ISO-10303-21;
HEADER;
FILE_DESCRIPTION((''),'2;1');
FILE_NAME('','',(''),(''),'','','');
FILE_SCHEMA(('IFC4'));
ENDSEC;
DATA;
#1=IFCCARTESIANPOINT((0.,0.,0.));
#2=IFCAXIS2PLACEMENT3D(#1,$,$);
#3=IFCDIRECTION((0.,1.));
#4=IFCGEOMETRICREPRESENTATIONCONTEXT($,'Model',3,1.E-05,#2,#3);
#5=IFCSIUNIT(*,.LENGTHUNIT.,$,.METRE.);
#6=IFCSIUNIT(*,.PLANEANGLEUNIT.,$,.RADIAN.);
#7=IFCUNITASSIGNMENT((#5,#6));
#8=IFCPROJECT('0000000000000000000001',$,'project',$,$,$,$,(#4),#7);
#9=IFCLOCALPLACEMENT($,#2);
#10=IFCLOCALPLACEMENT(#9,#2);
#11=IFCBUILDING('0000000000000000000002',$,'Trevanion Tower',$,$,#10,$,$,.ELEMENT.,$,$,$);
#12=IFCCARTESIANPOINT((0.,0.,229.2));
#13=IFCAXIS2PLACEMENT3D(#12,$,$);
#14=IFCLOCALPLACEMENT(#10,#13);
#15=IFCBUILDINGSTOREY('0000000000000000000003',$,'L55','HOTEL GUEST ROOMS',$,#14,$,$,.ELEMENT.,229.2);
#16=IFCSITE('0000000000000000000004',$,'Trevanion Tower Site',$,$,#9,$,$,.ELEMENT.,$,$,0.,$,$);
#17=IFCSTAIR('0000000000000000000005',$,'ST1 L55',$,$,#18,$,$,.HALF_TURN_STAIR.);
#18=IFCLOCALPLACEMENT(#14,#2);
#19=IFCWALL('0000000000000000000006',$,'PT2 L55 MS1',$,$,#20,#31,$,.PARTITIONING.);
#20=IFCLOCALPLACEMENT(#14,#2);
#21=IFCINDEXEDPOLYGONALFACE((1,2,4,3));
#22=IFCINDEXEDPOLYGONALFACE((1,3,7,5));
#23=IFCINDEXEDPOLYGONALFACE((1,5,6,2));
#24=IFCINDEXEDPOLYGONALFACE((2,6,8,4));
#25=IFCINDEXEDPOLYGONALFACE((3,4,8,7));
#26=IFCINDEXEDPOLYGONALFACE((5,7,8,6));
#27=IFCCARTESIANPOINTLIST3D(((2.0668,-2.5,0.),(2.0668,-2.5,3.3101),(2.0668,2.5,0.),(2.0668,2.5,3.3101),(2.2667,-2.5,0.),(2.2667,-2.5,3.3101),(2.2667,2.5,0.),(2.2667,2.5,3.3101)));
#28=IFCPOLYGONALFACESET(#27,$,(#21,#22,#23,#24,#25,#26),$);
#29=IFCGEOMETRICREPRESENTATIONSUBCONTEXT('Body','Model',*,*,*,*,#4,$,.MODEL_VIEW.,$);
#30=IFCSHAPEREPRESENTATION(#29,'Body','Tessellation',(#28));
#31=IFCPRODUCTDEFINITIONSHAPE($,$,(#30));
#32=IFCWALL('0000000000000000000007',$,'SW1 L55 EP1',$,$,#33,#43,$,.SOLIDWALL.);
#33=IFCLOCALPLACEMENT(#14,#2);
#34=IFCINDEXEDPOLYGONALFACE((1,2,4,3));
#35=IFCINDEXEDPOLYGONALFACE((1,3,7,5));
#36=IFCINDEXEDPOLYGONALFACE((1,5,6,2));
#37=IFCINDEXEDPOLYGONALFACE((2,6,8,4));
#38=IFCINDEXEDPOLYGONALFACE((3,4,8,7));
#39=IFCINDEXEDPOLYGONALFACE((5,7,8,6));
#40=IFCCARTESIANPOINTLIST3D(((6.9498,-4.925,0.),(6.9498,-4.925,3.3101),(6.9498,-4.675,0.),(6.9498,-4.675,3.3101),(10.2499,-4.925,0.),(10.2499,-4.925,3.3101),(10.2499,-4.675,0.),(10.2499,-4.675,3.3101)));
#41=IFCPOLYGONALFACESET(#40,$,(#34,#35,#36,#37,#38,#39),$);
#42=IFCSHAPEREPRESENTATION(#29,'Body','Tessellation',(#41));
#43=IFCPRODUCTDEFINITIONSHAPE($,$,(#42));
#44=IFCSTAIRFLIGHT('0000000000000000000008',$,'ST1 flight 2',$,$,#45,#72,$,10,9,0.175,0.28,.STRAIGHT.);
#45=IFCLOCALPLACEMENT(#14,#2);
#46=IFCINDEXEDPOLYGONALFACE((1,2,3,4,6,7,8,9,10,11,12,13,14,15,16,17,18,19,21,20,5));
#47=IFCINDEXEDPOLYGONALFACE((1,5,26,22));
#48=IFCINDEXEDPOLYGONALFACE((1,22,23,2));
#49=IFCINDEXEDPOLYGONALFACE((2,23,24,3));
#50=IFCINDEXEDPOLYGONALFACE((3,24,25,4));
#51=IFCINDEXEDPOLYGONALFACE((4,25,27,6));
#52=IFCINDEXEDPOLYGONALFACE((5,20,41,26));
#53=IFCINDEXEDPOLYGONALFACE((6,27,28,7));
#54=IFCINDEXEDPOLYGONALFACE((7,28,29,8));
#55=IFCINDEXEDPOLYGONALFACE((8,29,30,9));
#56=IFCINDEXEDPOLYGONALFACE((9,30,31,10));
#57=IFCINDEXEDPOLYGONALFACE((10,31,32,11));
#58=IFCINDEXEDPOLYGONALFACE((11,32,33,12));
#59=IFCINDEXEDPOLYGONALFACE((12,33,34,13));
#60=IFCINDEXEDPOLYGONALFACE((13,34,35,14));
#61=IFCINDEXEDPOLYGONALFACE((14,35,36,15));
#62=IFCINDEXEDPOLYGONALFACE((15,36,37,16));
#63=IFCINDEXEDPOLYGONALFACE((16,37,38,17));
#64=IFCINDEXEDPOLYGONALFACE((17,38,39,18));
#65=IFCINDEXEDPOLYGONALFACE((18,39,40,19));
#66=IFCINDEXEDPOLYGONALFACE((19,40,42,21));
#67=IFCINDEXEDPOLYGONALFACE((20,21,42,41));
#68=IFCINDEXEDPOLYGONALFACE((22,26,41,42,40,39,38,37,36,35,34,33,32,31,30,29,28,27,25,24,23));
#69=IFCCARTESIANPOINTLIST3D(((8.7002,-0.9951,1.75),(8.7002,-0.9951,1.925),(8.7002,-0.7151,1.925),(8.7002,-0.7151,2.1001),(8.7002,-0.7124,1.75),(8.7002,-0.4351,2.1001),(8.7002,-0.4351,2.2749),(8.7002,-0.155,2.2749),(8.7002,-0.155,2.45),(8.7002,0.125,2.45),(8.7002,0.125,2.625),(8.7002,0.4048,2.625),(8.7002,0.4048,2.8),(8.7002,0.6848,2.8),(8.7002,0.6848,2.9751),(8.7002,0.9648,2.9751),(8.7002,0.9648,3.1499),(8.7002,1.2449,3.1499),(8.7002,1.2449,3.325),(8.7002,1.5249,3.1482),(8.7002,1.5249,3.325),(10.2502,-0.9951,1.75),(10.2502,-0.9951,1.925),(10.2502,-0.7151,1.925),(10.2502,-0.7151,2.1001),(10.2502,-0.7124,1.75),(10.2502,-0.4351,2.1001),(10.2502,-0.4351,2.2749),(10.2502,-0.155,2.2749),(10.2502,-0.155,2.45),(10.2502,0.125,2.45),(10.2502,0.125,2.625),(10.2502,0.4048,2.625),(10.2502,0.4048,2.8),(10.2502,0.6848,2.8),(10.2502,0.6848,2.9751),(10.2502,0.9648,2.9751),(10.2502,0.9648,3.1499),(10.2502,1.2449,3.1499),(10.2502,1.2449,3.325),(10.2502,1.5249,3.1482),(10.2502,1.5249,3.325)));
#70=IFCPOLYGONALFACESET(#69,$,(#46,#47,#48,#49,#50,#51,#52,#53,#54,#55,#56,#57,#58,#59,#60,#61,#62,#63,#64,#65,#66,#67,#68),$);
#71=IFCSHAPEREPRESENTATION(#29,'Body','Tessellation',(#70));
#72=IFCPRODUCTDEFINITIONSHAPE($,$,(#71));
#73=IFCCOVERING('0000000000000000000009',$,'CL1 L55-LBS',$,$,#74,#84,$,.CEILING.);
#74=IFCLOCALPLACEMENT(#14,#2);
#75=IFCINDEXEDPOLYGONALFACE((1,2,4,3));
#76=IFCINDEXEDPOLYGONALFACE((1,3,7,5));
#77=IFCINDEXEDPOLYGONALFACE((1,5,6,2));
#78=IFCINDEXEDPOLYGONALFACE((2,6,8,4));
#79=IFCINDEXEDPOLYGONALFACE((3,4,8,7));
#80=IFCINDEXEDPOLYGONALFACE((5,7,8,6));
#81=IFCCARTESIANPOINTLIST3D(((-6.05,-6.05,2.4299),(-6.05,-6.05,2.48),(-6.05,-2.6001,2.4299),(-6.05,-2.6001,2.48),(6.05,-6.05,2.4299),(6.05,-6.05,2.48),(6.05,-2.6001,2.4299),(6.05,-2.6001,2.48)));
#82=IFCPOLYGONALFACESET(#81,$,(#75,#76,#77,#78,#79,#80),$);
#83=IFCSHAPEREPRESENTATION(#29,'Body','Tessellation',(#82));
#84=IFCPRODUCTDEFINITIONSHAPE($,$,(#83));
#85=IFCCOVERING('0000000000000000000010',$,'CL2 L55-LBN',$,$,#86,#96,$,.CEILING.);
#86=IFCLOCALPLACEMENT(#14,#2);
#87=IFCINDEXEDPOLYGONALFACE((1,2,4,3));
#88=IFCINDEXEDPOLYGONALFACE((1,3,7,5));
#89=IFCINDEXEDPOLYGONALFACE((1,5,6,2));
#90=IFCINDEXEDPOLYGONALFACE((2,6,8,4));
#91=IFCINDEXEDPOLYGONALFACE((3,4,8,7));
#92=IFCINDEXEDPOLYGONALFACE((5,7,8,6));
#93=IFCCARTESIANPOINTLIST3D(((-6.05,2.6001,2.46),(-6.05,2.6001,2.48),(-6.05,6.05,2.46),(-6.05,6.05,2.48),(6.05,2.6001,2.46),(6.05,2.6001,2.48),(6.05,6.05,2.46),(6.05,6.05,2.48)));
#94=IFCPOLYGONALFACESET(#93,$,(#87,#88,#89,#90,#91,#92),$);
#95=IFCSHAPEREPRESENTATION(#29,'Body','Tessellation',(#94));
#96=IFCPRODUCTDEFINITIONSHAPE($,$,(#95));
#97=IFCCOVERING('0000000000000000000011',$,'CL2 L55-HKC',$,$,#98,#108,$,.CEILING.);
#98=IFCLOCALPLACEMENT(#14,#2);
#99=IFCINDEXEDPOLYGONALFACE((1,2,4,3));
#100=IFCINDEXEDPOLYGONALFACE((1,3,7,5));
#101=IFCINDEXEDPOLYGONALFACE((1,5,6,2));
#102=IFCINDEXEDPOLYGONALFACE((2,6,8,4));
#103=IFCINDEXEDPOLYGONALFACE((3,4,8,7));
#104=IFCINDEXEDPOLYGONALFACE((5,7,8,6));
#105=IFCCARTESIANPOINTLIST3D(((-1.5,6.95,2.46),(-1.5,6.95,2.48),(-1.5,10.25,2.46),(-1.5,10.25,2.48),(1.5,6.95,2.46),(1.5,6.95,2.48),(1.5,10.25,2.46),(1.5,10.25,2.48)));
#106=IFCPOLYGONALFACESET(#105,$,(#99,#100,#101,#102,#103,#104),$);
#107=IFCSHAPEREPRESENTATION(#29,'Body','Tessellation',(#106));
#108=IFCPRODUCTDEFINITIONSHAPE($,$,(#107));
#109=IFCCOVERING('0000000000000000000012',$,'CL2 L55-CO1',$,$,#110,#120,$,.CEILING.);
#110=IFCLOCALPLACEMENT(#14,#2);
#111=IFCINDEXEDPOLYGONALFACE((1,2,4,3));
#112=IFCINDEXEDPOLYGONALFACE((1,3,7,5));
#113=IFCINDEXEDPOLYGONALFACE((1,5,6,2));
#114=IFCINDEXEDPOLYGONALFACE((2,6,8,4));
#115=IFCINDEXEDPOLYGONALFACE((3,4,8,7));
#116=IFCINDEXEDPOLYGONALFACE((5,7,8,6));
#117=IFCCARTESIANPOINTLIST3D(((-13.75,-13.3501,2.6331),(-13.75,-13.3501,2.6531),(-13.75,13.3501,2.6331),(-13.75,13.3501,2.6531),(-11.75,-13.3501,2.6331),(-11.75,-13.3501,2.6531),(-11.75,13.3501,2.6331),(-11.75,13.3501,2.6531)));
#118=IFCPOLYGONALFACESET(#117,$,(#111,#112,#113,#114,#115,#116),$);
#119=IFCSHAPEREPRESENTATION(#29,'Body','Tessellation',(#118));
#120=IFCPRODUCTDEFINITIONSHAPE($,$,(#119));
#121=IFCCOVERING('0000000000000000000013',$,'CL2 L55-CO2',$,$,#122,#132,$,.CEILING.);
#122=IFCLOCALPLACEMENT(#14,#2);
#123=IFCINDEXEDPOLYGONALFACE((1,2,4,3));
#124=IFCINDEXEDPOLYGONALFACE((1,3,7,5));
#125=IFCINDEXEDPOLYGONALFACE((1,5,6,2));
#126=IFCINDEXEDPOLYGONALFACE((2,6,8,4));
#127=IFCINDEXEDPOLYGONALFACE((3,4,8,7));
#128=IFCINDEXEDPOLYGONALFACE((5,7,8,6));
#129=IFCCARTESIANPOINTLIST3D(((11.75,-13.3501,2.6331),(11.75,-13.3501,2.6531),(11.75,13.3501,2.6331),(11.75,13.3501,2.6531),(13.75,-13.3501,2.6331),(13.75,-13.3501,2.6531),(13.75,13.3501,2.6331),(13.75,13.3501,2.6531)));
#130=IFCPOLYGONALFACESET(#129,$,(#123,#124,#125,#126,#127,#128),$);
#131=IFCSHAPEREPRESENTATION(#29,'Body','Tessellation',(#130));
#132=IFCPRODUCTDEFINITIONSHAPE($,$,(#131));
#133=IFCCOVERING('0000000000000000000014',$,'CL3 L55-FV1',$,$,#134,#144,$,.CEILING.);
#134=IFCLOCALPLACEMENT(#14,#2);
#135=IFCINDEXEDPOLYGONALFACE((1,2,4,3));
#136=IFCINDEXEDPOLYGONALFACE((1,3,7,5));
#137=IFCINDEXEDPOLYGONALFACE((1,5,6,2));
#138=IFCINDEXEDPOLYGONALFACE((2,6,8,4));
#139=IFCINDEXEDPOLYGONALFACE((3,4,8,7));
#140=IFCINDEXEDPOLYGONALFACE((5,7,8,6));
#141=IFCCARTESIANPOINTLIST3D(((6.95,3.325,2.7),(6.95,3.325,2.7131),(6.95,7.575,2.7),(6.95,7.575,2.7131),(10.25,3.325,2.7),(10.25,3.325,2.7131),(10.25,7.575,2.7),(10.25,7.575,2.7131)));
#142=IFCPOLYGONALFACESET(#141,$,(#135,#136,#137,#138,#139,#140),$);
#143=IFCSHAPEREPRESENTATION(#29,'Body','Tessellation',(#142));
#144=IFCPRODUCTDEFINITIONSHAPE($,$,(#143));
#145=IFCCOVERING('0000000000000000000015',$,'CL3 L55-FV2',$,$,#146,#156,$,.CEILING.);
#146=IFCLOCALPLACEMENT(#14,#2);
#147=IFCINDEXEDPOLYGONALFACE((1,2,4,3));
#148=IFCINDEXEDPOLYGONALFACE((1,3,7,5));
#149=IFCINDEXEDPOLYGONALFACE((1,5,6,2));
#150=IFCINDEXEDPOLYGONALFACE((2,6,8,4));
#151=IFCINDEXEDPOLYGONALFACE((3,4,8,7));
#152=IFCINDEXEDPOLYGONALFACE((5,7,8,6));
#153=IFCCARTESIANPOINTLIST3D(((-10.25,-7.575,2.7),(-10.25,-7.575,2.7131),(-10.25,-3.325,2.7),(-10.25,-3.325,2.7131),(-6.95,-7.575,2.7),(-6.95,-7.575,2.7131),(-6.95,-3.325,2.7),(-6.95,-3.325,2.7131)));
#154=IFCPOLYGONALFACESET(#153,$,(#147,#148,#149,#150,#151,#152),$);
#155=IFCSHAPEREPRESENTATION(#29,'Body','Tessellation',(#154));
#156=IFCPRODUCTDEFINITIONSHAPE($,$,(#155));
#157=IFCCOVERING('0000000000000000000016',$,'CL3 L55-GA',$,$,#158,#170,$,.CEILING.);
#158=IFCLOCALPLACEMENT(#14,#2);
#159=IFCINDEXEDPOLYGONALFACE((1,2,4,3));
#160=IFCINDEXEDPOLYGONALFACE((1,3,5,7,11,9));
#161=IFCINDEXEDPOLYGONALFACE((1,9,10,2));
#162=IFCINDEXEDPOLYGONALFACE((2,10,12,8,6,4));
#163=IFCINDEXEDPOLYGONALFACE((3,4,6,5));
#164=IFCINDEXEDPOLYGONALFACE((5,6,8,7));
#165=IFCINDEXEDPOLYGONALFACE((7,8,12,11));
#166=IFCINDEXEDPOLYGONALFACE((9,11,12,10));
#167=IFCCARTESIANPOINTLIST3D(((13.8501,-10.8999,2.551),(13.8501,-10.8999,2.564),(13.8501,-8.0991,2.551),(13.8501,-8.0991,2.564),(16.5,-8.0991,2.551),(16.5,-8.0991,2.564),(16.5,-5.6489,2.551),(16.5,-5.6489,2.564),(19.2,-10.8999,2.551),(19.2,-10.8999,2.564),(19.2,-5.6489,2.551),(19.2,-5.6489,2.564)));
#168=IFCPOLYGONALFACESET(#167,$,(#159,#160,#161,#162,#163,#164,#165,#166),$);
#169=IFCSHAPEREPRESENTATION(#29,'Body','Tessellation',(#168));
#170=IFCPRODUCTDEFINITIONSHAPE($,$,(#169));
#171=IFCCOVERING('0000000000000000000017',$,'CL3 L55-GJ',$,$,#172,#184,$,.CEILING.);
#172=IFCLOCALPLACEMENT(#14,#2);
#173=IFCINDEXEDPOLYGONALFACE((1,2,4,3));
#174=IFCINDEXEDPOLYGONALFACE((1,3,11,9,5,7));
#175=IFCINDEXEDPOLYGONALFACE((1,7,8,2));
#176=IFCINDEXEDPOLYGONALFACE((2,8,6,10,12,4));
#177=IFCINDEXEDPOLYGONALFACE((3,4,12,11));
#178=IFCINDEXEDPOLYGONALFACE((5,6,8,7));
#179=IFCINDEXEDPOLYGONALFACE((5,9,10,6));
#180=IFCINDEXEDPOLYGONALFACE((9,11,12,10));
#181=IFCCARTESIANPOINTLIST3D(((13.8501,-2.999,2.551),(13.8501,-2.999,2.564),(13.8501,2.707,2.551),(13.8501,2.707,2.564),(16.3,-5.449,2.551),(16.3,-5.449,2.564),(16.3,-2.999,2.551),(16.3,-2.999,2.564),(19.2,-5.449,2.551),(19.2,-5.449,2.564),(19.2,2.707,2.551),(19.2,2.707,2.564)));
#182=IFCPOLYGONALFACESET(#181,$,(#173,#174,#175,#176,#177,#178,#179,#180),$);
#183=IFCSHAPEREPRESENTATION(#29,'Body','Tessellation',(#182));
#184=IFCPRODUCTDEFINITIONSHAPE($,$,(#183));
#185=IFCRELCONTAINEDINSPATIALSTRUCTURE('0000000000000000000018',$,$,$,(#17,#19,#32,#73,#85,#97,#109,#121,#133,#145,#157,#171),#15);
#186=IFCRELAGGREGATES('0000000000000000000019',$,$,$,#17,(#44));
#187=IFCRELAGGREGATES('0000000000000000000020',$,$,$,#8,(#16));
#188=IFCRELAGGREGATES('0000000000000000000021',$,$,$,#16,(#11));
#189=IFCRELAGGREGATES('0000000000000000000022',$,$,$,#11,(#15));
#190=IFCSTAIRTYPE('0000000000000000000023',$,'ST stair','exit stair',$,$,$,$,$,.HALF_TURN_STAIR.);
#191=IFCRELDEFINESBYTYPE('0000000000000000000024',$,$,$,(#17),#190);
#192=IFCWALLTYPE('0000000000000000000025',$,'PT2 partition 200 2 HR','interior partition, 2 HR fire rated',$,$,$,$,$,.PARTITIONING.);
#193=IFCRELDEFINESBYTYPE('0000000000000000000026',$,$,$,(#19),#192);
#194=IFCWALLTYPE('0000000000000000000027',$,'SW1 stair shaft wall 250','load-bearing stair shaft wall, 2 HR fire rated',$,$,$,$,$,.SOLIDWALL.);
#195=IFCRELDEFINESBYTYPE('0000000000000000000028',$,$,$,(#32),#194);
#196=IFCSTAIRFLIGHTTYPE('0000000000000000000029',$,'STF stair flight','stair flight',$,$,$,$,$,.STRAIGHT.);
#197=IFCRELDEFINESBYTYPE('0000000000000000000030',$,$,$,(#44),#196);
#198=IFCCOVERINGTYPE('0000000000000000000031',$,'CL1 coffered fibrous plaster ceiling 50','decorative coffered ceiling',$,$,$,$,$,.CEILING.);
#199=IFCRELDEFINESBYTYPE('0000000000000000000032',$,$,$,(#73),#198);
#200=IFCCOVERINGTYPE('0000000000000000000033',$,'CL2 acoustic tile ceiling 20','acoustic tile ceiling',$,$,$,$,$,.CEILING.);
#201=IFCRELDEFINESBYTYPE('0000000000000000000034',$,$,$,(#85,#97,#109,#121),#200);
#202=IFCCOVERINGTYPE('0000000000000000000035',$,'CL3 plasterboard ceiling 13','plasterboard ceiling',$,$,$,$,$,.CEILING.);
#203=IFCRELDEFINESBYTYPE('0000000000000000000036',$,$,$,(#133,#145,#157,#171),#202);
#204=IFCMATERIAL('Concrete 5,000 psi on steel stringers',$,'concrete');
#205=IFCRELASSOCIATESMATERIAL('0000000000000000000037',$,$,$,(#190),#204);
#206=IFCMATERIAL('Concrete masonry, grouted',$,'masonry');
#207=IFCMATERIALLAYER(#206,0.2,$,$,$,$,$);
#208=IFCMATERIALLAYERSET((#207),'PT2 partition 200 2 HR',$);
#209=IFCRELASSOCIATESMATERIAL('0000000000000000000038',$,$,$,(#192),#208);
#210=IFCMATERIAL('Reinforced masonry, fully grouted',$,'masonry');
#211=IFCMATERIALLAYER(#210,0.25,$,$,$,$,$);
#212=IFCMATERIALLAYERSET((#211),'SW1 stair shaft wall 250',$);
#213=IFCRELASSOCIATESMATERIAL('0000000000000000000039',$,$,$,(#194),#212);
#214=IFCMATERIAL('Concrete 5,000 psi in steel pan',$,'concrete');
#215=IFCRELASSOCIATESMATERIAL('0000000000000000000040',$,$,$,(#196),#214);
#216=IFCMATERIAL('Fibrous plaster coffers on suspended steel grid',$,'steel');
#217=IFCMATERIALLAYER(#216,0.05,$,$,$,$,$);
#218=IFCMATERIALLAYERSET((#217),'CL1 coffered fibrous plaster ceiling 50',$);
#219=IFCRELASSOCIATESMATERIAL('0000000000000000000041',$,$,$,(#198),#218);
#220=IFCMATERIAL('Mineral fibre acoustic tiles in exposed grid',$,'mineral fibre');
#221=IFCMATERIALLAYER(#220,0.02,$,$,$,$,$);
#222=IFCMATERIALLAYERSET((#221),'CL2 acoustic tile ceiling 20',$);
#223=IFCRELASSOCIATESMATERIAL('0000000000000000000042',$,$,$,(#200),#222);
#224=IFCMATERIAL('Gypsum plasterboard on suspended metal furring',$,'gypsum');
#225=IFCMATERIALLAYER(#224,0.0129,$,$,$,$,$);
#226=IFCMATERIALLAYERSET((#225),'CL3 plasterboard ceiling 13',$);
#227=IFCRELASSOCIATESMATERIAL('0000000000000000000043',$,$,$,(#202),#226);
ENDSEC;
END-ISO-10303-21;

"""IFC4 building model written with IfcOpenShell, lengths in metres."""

from ifc_helpers import new_model, si_unit, direction, frame, frame_2d, origin, place, context, subcontext, project, spatial, polyline, rectangle, outline, extrude, material, layer, layer_set, type_object, element, aggregate, save


model = new_model("IFC4")

# Units and contexts
model_context = context("Model", 3, precision=1e-05, world=origin(), true_north=direction((0.0, 1.0)))
body_context = subcontext(model_context, "Body", "Model", "MODEL_VIEW")
ifc_project = project(units=[si_unit("LENGTHUNIT", "METRE"), si_unit("PLANEANGLEUNIT", "RADIAN")], contexts=[model_context])

# Site, building, storey
site_placement = place(None, origin())
site = spatial("IfcSite", under=ifc_project, at=site_placement, Name="Trevanion Tower Site", CompositionType="ELEMENT", RefElevation=0.0)
building_placement = place(site_placement, origin())
building = spatial("IfcBuilding", under=site, at=building_placement, Name="Trevanion Tower", CompositionType="ELEMENT")
storey_placement = place(building_placement, frame((0.0, 0.0, 229.2)))
storey = spatial("IfcBuildingStorey", under=building, at=storey_placement, Name="L55", Description="HOTEL GUEST ROOMS", CompositionType="ELEMENT", Elevation=229.2)

# Stair
ifc_material_1 = material(Name="Concrete 5,000 psi on steel stringers", Category="concrete")
stair_type = type_object("IfcStairType", Name="ST stair", Description="exit stair", PredefinedType="HALF_TURN_STAIR", material=ifc_material_1)
stair_1_placement = place(storey_placement, origin())
stair_1 = element("IfcStair", 1, at=stair_1_placement, inside=storey, type_object=stair_type, Name="ST1 L55", PredefinedType="HALF_TURN_STAIR")

# Walls
ifc_material_2 = material(Name="Concrete masonry, grouted", Category="masonry")
ifc_layer_1 = layer(ifc_material_2, 0.2)
ifc_layer_set_1 = layer_set([ifc_layer_1], Name="PT2 partition 200 2 HR")
wall_type_1 = type_object("IfcWallType", Name="PT2 partition 200 2 HR", Description="interior partition, 2 HR fire rated", PredefinedType="PARTITIONING", material=ifc_layer_set_1)
wall_1_placement = place(storey_placement, frame((2.1667, -2.5, 0.0), z_axis=(0.0, 0.0, 1.0), x_axis=(0.0, 1.0, 0.0)))
element("IfcWall", 2, at=wall_1_placement, inside=storey, type_object=wall_type_1, Name="PT2 L55 MS1", PredefinedType="PARTITIONING", context=body_context, shape_type="SweptSolid", body=[
    extrude(rectangle(XDim=5.0, YDim=0.2, at=frame_2d((2.5, 0.0))), origin(), (0.0, 0.0, 1.0), 3.3101),
])
ifc_material_3 = material(Name="Reinforced masonry, fully grouted", Category="masonry")
ifc_layer_2 = layer(ifc_material_3, 0.25)
ifc_layer_set_2 = layer_set([ifc_layer_2], Name="SW1 stair shaft wall 250")
wall_type_2 = type_object("IfcWallType", Name="SW1 stair shaft wall 250", Description="load-bearing stair shaft wall, 2 HR fire rated", PredefinedType="SOLIDWALL", material=ifc_layer_set_2)
wall_2_placement = place(storey_placement, frame((6.95, -4.8, 0.0), z_axis=(0.0, 0.0, 1.0), x_axis=(1.0, 0.0, 0.0)))
element("IfcWall", 3, at=wall_2_placement, inside=storey, type_object=wall_type_2, Name="SW1 L55 EP1", PredefinedType="SOLIDWALL", context=body_context, shape_type="SweptSolid", body=[
    extrude(rectangle(XDim=3.3, YDim=0.25, at=frame_2d((1.6499, 0.0))), origin(), (0.0, 0.0, 1.0), 3.3101),
])

# Stair flight
ifc_material_4 = material(Name="Concrete 5,000 psi in steel pan", Category="concrete")
stair_flight_type = type_object("IfcStairFlightType", Name="STF stair flight", Description="stair flight", PredefinedType="STRAIGHT", material=ifc_material_4)
stair_flight_placement = place(storey_placement, frame((9.4751, -0.9951, 1.75), z_axis=(0.0, 0.0, 1.0), x_axis=(0.0, 1.0, 0.0)))
stair_flight = element("IfcStairFlight", 4, at=stair_flight_placement, type_object=stair_flight_type, Name="ST1 flight 2", NumberOfRisers=10, NumberOfTreads=9, PredefinedType="STRAIGHT", RiserHeight=0.175, TreadLength=0.28, context=body_context, shape_type="SweptSolid", body=[
    extrude(outline(polyline([(0.0, 0.0), (0.0, 0.175), (0.28, 0.175), (0.28, 0.3501), (0.5601, 0.3501), (0.5601, 0.5249), (0.8401, 0.5249), (0.8401, 0.7), (1.1201, 0.7), (1.1201, 0.875), (1.3999, 0.875), (1.3999, 1.05), (1.6799, 1.05), (1.6799, 1.2251), (1.96, 1.2251), (1.96, 1.3999), (2.24, 1.3999), (2.24, 1.575), (2.52, 1.575), (2.52, 1.75), (2.52, 1.3982), (0.2827, 0.0), (0.0, 0.0)])), frame((0.0, 0.7749, 0.0), z_axis=(0.0, -1.0, 0.0), x_axis=(1.0, 0.0, 0.0)), (0.0, 0.0, 1.0), 1.55),
])
aggregate(stair_1, [stair_flight])

# Coverings
ifc_material_5 = material(Name="Fibrous plaster coffers on suspended steel grid", Category="steel")
ifc_layer_3 = layer(ifc_material_5, 0.05)
ifc_layer_set_3 = layer_set([ifc_layer_3], Name="CL1 coffered fibrous plaster ceiling 50")
covering_type_1 = type_object("IfcCoveringType", Name="CL1 coffered fibrous plaster ceiling 50", Description="decorative coffered ceiling", PredefinedType="CEILING", material=ifc_layer_set_3)
covering_1_placement = place(storey_placement, frame((0.0, 0.0, 2.4299)))
element("IfcCovering", 5, at=covering_1_placement, inside=storey, type_object=covering_type_1, Name="CL1 L55-LBS", PredefinedType="CEILING", context=body_context, shape_type="SweptSolid", body=[
    extrude(outline(polyline([(6.05, -6.05), (6.05, -2.6001), (-6.05, -2.6001), (-6.05, -6.05), (6.05, -6.05)])), origin(), (0.0, 0.0, 1.0), 0.05),
])
ifc_material_6 = material(Name="Mineral fibre acoustic tiles in exposed grid", Category="mineral fibre")
ifc_layer_4 = layer(ifc_material_6, 0.02)
ifc_layer_set_4 = layer_set([ifc_layer_4], Name="CL2 acoustic tile ceiling 20")
covering_type_2 = type_object("IfcCoveringType", Name="CL2 acoustic tile ceiling 20", Description="acoustic tile ceiling", PredefinedType="CEILING", material=ifc_layer_set_4)
covering_2_placement = place(storey_placement, frame((0.0, 0.0, 2.46)))
element("IfcCovering", 6, at=covering_2_placement, inside=storey, type_object=covering_type_2, Name="CL2 L55-LBN", PredefinedType="CEILING", context=body_context, shape_type="SweptSolid", body=[
    extrude(outline(polyline([(6.05, 2.6001), (6.05, 6.05), (-6.05, 6.05), (-6.05, 2.6001), (6.05, 2.6001)])), origin(), (0.0, 0.0, 1.0), 0.02),
])
covering_3_placement = place(storey_placement, frame((0.0, 0.0, 2.46)))
element("IfcCovering", 7, at=covering_3_placement, inside=storey, type_object=covering_type_2, Name="CL2 L55-HKC", PredefinedType="CEILING", context=body_context, shape_type="SweptSolid", body=[
    extrude(outline(polyline([(1.5, 6.95), (1.5, 10.25), (-1.5, 10.25), (-1.5, 6.95), (1.5, 6.95)])), origin(), (0.0, 0.0, 1.0), 0.02),
])
covering_4_placement = place(storey_placement, frame((0.0, 0.0, 2.6331)))
element("IfcCovering", 8, at=covering_4_placement, inside=storey, type_object=covering_type_2, Name="CL2 L55-CO1", PredefinedType="CEILING", context=body_context, shape_type="SweptSolid", body=[
    extrude(outline(polyline([(-11.75, 13.3501), (-11.75, -13.3501), (-13.75, -13.3501), (-13.75, 13.3501), (-11.75, 13.3501)])), origin(), (0.0, 0.0, 1.0), 0.02),
])
covering_5_placement = place(storey_placement, frame((0.0, 0.0, 2.6331)))
element("IfcCovering", 9, at=covering_5_placement, inside=storey, type_object=covering_type_2, Name="CL2 L55-CO2", PredefinedType="CEILING", context=body_context, shape_type="SweptSolid", body=[
    extrude(outline(polyline([(11.75, -13.3501), (11.75, 13.3501), (13.75, 13.3501), (13.75, -13.3501), (11.75, -13.3501)])), origin(), (0.0, 0.0, 1.0), 0.02),
])
ifc_material_7 = material(Name="Gypsum plasterboard on suspended metal furring", Category="gypsum")
ifc_layer_5 = layer(ifc_material_7, 0.0129)
ifc_layer_set_5 = layer_set([ifc_layer_5], Name="CL3 plasterboard ceiling 13")
covering_type_3 = type_object("IfcCoveringType", Name="CL3 plasterboard ceiling 13", Description="plasterboard ceiling", PredefinedType="CEILING", material=ifc_layer_set_5)
covering_6_placement = place(storey_placement, frame((0.0, 0.0, 2.7)))
element("IfcCovering", 10, at=covering_6_placement, inside=storey, type_object=covering_type_3, Name="CL3 L55-FV1", PredefinedType="CEILING", context=body_context, shape_type="SweptSolid", body=[
    extrude(outline(polyline([(10.25, 3.325), (10.25, 7.575), (6.95, 7.575), (6.95, 3.325), (10.25, 3.325)])), origin(), (0.0, 0.0, 1.0), 0.0132),
])
covering_7_placement = place(storey_placement, frame((0.0, 0.0, 2.7)))
element("IfcCovering", 11, at=covering_7_placement, inside=storey, type_object=covering_type_3, Name="CL3 L55-FV2", PredefinedType="CEILING", context=body_context, shape_type="SweptSolid", body=[
    extrude(outline(polyline([(-10.25, -3.325), (-10.25, -7.575), (-6.95, -7.575), (-6.95, -3.325), (-10.25, -3.325)])), origin(), (0.0, 0.0, 1.0), 0.0132),
])
covering_8_placement = place(storey_placement, frame((0.0, 0.0, 2.551)))
element("IfcCovering", 12, at=covering_8_placement, inside=storey, type_object=covering_type_3, Name="CL3 L55-GA", PredefinedType="CEILING", context=body_context, shape_type="SweptSolid", body=[
    extrude(outline(polyline([(13.8501, -8.0991), (16.5, -8.0991), (16.5, -5.6489), (19.2, -5.6489), (19.2, -10.8999), (13.8501, -10.8999), (13.8501, -8.0991)])), origin(), (0.0, 0.0, 1.0), 0.0129),
])
covering_9_placement = place(storey_placement, frame((0.0, 0.0, 2.551)))
element("IfcCovering", 13, at=covering_9_placement, inside=storey, type_object=covering_type_3, Name="CL3 L55-GJ", PredefinedType="CEILING", context=body_context, shape_type="SweptSolid", body=[
    extrude(outline(polyline([(13.8501, 2.707), (19.2, 2.707), (19.2, -5.449), (16.3, -5.449), (16.3, -2.999), (13.8501, -2.999), (13.8501, 2.707)])), origin(), (0.0, 0.0, 1.0), 0.0129),
])

save(model, "model.ifc")
